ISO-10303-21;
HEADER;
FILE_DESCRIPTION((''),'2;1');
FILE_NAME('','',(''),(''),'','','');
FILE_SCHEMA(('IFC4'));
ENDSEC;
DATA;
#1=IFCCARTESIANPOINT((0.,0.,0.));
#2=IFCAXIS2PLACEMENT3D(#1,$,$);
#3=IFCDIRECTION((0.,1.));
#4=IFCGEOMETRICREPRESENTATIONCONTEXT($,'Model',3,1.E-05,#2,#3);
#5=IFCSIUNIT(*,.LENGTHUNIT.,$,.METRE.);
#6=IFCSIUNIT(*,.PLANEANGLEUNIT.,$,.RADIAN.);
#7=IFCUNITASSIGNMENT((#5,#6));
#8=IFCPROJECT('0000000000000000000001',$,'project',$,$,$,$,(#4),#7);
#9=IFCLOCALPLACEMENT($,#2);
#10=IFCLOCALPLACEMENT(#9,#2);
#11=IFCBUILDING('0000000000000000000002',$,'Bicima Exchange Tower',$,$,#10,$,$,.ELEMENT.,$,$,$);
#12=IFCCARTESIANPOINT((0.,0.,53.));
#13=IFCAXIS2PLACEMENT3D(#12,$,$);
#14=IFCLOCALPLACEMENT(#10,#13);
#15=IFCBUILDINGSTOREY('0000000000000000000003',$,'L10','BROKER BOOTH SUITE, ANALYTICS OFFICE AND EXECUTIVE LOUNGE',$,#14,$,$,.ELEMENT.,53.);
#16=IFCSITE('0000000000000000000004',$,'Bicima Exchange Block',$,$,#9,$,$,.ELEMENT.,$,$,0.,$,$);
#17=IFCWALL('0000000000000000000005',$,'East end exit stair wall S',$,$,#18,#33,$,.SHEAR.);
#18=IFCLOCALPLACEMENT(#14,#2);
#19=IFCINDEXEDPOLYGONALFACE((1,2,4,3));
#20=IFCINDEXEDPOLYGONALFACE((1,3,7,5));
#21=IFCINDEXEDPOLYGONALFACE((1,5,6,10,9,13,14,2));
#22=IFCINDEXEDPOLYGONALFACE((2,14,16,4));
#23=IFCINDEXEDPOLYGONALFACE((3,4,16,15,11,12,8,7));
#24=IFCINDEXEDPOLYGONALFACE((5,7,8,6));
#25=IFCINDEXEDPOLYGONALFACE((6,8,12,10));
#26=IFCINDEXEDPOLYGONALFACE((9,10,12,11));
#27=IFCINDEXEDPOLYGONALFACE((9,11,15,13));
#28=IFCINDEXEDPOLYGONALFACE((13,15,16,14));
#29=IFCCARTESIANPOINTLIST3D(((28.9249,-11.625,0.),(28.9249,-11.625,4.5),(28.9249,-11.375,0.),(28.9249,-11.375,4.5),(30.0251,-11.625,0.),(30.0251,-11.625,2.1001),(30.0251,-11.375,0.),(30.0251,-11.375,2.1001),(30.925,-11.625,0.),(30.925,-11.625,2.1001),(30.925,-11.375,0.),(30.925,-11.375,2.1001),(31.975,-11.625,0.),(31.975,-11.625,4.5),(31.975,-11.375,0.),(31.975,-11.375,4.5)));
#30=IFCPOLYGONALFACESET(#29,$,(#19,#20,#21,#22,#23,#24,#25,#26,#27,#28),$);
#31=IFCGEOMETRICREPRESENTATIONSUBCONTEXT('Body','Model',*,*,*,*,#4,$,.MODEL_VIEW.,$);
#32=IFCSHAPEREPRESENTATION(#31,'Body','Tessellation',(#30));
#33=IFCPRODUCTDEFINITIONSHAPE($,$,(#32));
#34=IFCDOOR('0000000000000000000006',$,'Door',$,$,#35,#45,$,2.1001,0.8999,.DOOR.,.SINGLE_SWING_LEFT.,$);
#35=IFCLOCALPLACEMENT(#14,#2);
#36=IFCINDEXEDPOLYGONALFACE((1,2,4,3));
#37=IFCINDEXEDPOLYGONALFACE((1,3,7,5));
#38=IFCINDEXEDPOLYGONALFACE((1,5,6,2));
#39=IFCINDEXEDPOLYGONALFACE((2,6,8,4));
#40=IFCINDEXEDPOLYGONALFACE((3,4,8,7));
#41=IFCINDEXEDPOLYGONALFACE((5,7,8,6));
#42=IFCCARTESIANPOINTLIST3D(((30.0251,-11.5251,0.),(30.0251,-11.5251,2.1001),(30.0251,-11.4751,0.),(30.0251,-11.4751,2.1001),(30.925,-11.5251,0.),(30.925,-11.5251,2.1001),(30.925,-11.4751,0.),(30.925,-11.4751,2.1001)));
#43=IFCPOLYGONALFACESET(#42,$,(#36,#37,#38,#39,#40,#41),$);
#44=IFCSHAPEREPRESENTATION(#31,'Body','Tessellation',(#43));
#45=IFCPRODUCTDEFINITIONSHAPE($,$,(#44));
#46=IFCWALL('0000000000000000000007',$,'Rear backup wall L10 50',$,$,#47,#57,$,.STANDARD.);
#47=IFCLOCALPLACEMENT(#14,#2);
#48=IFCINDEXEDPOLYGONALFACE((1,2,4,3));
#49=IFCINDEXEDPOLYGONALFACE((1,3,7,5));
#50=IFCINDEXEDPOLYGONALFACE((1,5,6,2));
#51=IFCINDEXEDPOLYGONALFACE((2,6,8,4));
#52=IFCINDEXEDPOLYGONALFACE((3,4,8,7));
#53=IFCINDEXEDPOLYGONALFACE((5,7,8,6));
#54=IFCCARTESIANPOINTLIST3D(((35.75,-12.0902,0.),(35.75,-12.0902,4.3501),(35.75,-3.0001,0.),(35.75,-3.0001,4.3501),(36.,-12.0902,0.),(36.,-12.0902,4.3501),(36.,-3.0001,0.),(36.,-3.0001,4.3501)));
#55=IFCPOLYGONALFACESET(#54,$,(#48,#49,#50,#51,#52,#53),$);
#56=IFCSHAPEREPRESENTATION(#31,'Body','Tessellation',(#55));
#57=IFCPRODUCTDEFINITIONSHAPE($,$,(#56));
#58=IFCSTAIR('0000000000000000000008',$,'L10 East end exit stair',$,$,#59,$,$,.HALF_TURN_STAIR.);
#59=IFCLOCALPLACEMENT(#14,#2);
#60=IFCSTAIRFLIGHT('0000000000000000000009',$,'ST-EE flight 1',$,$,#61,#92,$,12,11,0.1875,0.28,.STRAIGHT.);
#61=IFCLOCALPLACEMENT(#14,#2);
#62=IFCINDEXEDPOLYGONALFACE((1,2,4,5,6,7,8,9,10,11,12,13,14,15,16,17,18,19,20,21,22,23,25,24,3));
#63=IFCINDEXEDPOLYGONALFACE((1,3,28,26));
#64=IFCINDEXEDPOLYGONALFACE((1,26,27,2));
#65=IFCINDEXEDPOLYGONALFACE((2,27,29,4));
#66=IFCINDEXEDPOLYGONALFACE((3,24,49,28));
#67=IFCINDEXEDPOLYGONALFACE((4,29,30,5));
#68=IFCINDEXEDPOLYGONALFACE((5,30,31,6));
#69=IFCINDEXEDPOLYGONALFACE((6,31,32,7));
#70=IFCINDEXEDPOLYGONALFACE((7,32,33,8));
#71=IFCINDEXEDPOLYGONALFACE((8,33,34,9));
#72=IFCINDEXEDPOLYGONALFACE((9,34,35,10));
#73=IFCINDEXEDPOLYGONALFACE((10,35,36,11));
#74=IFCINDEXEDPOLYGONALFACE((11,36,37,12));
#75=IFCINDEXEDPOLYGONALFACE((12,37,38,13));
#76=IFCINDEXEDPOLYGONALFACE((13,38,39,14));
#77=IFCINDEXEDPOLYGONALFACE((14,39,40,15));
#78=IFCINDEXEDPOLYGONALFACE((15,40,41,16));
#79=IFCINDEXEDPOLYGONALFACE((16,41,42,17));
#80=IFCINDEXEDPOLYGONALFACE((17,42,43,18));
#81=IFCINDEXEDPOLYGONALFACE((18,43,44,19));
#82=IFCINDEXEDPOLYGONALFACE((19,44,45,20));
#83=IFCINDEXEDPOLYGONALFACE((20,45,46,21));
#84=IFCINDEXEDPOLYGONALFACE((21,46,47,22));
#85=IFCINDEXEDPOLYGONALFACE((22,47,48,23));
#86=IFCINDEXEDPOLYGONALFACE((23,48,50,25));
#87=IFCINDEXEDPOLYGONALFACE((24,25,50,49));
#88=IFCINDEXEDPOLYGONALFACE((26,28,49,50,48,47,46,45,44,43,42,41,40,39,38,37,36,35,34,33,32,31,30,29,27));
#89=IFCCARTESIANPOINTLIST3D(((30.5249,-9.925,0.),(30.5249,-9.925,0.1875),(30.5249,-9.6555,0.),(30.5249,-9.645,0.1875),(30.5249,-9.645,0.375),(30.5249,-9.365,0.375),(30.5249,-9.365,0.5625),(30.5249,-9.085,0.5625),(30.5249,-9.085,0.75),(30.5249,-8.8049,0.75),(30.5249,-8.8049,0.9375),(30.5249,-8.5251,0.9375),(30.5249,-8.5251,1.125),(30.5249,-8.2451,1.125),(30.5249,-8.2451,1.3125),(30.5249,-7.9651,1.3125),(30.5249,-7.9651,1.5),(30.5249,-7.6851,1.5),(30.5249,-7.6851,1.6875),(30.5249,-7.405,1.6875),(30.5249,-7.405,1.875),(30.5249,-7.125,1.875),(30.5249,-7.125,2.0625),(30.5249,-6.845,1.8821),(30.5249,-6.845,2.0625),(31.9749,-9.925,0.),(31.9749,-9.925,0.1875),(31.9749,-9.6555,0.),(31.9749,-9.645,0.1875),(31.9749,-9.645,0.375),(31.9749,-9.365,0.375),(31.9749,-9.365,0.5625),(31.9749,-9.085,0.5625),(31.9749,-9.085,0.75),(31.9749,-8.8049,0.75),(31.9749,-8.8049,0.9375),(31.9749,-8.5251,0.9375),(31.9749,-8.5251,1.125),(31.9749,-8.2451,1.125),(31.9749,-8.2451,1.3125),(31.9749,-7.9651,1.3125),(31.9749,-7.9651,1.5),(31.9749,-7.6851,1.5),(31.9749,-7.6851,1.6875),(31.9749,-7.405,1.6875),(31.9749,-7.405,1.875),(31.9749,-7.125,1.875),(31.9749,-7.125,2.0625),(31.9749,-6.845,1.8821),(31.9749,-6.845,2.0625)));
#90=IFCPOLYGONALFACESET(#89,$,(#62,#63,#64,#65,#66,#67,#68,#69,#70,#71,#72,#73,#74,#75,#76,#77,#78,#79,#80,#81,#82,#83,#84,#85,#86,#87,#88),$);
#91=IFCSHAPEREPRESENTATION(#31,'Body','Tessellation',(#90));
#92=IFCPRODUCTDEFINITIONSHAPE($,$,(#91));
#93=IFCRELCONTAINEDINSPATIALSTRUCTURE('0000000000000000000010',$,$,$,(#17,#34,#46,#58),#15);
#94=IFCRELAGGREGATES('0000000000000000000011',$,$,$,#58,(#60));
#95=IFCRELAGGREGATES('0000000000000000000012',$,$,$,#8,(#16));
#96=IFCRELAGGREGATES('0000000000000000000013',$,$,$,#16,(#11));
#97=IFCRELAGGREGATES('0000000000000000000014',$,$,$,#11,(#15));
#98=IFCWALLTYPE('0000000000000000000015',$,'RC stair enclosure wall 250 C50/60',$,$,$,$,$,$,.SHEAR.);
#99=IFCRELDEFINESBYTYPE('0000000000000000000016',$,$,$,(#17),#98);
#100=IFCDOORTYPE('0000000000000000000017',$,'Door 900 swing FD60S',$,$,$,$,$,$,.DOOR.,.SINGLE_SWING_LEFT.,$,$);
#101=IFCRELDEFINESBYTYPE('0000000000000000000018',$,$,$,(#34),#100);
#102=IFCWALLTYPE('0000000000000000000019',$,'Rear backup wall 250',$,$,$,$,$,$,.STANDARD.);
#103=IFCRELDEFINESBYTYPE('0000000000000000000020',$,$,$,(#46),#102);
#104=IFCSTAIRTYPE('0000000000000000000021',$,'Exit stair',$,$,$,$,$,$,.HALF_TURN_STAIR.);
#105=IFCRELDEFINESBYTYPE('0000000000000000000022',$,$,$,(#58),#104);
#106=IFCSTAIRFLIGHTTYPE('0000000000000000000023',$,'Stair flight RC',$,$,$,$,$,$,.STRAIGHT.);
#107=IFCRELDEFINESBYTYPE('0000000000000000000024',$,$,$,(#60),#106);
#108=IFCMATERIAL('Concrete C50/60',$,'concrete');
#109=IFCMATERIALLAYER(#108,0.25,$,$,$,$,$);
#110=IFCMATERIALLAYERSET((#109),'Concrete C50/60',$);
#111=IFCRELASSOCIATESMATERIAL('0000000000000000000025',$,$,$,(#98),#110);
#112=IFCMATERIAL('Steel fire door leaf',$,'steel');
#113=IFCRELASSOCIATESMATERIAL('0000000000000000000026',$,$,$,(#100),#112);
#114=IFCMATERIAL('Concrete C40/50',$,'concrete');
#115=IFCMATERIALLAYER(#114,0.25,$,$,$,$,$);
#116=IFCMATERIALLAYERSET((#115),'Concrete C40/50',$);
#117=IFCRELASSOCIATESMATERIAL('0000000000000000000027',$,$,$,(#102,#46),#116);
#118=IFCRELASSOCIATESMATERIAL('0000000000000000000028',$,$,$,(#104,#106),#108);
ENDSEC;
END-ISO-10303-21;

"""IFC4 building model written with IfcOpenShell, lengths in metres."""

from ifc_helpers import new_model, si_unit, direction, frame, frame_2d, origin, place, context, subcontext, project, spatial, polyline, rectangle, outline, extrude, material, layer, layer_set, layer_usage, type_object, element, fill, aggregate, save


model = new_model("IFC4")

# Units and contexts
model_context = context("Model", 3, precision=1e-05, world=origin(), true_north=direction((0.0, 1.0)))
body_context = subcontext(model_context, "Body", "Model", "MODEL_VIEW")
ifc_project = project(units=[si_unit("LENGTHUNIT", "METRE"), si_unit("PLANEANGLEUNIT", "RADIAN")], contexts=[model_context])

# Site, building, storey
site_placement = place(None, origin())
site = spatial("IfcSite", under=ifc_project, at=site_placement, Name="Bicima Exchange Block", CompositionType="ELEMENT", RefElevation=0.0)
building_placement = place(site_placement, origin())
building = spatial("IfcBuilding", under=site, at=building_placement, Name="Bicima Exchange Tower", CompositionType="ELEMENT")
storey_placement = place(building_placement, frame((0.0, 0.0, 53.0)))
storey = spatial("IfcBuildingStorey", under=building, at=storey_placement, Name="L10", Description="BROKER BOOTH SUITE, ANALYTICS OFFICE AND EXECUTIVE LOUNGE", CompositionType="ELEMENT", Elevation=53.0)

# Shared definitions
ifc_material_1 = material(Name="Steel fire door leaf", Category="steel")

# Shared definitions
ifc_material_2 = material(Name="Concrete C50/60", Category="concrete")
ifc_layer_1 = layer(ifc_material_2, 0.25)
ifc_layer_set_1 = layer_set([ifc_layer_1], Name="Concrete C50/60")
wall_type_1 = type_object("IfcWallType", Name="RC stair enclosure wall 250 C50/60", PredefinedType="SHEAR", material=ifc_layer_set_1)

# Wall, opening, door
wall_1_placement = place(storey_placement, frame((28.925, -11.5, 0.0), z_axis=(0.0, 0.0, 1.0), x_axis=(1.0, 0.0, 0.0)))
wall_1 = element("IfcWall", 1, at=wall_1_placement, inside=storey, type_object=wall_type_1, Name="East end exit stair wall S", PredefinedType="SHEAR", context=body_context, shape_type="SweptSolid", body=[
    extrude(rectangle(XDim=3.05, YDim=0.25, at=frame_2d((1.5249, 0.0))), origin(), (0.0, 0.0, 1.0), 4.5),
])
opening_1_placement = place(wall_1_placement, frame((1.1001, 0.0, 0.0)))
opening_1 = element("IfcOpeningElement", 2, at=opening_1_placement, cuts=wall_1, PredefinedType="OPENING", context=body_context, shape_type="SweptSolid", body=[
    extrude(rectangle(XDim=0.8999, YDim=2.1001, at=frame_2d((0.45, 1.05))), frame((0.0, 0.137, 0.0), z_axis=(0.0, -1.0, 0.0), x_axis=(1.0, 0.0, 0.0)), (0.0, 0.0, 1.0), 0.2739),
])
door_type_1 = type_object("IfcDoorType", Name="Door 900 swing FD60S", OperationType="SINGLE_SWING_LEFT", PredefinedType="DOOR", material=ifc_material_1)
door_1_placement = place(opening_1_placement, origin())
door_1 = element("IfcDoor", 3, at=door_1_placement, inside=storey, type_object=door_type_1, Name="Door", OperationType="SINGLE_SWING_LEFT", OverallHeight=2.1001, OverallWidth=0.8999, PredefinedType="DOOR", context=body_context, shape_type="SweptSolid", body=[
    extrude(rectangle(XDim=0.8999, YDim=2.1001, at=frame_2d((0.45, 1.05))), frame((0.0, 0.0249, 0.0), z_axis=(0.0, -1.0, 0.0), x_axis=(1.0, 0.0, 0.0)), (0.0, 0.0, 1.0), 0.05),
])
fill(opening_1, door_1)

# Wall
ifc_material_3 = material(Name="Concrete C40/50", Category="concrete")
ifc_layer_2 = layer(ifc_material_3, 0.25)
ifc_layer_set_2 = layer_set([ifc_layer_2], Name="Concrete C40/50")
ifc_layer_usage = layer_usage(ifc_layer_set_2, "AXIS2", "POSITIVE", -0.125)
wall_type_2 = type_object("IfcWallType", Name="Rear backup wall 250", PredefinedType="STANDARD", material=ifc_layer_set_2)
wall_2_placement = place(storey_placement, frame((35.875, -12.0901, 0.0), z_axis=(0.0, 0.0, 1.0), x_axis=(0.0, 1.0, 0.0)))
element("IfcWall", 4, at=wall_2_placement, inside=storey, type_object=wall_type_2, material=ifc_layer_usage, Name="Rear backup wall L10 50", PredefinedType="STANDARD", context=body_context, shape_type="SweptSolid", body=[
    extrude(rectangle(XDim=9.0901, YDim=0.25, at=frame_2d((4.5449, 0.0))), origin(), (0.0, 0.0, 1.0), 4.3501),
])

# Stair, stair flight
stair_type = type_object("IfcStairType", Name="Exit stair", PredefinedType="HALF_TURN_STAIR", material=ifc_material_2)
stair_placement = place(storey_placement, origin())
stair = element("IfcStair", 5, at=stair_placement, inside=storey, type_object=stair_type, Name="L10 East end exit stair", PredefinedType="HALF_TURN_STAIR")
stair_flight_type = type_object("IfcStairFlightType", Name="Stair flight RC", PredefinedType="STRAIGHT", material=ifc_material_2)
stair_flight_placement = place(storey_placement, frame((31.25, -9.925, 0.0), z_axis=(0.0, 0.0, 1.0), x_axis=(0.0, 1.0, 0.0)))
stair_flight = element("IfcStairFlight", 6, at=stair_flight_placement, type_object=stair_flight_type, Name="ST-EE flight 1", NumberOfRisers=12, NumberOfTreads=11, PredefinedType="STRAIGHT", RiserHeight=0.1875, TreadLength=0.28, context=body_context, shape_type="SweptSolid", body=[
    extrude(outline(polyline([(0.0, 0.0), (0.0, 0.1875), (0.28, 0.1875), (0.28, 0.375), (0.5601, 0.375), (0.5601, 0.5625), (0.8401, 0.5625), (0.8401, 0.75), (1.1201, 0.75), (1.1201, 0.9375), (1.3999, 0.9375), (1.3999, 1.125), (1.6799, 1.125), (1.6799, 1.3125), (1.96, 1.3125), (1.96, 1.5), (2.24, 1.5), (2.24, 1.6875), (2.52, 1.6875), (2.52, 1.875), (2.8, 1.875), (2.8, 2.0625), (3.0801, 2.0625), (3.0801, 2.25), (3.0801, 1.8821), (0.2695, 0.0), (0.0, 0.0)])), frame((0.0, 0.7251, 0.0), z_axis=(0.0, -1.0, 0.0), x_axis=(1.0, 0.0, 0.0)), (0.0, 0.0, 1.0), 1.45),
])
aggregate(stair, [stair_flight])

save(model, "model.ifc")
